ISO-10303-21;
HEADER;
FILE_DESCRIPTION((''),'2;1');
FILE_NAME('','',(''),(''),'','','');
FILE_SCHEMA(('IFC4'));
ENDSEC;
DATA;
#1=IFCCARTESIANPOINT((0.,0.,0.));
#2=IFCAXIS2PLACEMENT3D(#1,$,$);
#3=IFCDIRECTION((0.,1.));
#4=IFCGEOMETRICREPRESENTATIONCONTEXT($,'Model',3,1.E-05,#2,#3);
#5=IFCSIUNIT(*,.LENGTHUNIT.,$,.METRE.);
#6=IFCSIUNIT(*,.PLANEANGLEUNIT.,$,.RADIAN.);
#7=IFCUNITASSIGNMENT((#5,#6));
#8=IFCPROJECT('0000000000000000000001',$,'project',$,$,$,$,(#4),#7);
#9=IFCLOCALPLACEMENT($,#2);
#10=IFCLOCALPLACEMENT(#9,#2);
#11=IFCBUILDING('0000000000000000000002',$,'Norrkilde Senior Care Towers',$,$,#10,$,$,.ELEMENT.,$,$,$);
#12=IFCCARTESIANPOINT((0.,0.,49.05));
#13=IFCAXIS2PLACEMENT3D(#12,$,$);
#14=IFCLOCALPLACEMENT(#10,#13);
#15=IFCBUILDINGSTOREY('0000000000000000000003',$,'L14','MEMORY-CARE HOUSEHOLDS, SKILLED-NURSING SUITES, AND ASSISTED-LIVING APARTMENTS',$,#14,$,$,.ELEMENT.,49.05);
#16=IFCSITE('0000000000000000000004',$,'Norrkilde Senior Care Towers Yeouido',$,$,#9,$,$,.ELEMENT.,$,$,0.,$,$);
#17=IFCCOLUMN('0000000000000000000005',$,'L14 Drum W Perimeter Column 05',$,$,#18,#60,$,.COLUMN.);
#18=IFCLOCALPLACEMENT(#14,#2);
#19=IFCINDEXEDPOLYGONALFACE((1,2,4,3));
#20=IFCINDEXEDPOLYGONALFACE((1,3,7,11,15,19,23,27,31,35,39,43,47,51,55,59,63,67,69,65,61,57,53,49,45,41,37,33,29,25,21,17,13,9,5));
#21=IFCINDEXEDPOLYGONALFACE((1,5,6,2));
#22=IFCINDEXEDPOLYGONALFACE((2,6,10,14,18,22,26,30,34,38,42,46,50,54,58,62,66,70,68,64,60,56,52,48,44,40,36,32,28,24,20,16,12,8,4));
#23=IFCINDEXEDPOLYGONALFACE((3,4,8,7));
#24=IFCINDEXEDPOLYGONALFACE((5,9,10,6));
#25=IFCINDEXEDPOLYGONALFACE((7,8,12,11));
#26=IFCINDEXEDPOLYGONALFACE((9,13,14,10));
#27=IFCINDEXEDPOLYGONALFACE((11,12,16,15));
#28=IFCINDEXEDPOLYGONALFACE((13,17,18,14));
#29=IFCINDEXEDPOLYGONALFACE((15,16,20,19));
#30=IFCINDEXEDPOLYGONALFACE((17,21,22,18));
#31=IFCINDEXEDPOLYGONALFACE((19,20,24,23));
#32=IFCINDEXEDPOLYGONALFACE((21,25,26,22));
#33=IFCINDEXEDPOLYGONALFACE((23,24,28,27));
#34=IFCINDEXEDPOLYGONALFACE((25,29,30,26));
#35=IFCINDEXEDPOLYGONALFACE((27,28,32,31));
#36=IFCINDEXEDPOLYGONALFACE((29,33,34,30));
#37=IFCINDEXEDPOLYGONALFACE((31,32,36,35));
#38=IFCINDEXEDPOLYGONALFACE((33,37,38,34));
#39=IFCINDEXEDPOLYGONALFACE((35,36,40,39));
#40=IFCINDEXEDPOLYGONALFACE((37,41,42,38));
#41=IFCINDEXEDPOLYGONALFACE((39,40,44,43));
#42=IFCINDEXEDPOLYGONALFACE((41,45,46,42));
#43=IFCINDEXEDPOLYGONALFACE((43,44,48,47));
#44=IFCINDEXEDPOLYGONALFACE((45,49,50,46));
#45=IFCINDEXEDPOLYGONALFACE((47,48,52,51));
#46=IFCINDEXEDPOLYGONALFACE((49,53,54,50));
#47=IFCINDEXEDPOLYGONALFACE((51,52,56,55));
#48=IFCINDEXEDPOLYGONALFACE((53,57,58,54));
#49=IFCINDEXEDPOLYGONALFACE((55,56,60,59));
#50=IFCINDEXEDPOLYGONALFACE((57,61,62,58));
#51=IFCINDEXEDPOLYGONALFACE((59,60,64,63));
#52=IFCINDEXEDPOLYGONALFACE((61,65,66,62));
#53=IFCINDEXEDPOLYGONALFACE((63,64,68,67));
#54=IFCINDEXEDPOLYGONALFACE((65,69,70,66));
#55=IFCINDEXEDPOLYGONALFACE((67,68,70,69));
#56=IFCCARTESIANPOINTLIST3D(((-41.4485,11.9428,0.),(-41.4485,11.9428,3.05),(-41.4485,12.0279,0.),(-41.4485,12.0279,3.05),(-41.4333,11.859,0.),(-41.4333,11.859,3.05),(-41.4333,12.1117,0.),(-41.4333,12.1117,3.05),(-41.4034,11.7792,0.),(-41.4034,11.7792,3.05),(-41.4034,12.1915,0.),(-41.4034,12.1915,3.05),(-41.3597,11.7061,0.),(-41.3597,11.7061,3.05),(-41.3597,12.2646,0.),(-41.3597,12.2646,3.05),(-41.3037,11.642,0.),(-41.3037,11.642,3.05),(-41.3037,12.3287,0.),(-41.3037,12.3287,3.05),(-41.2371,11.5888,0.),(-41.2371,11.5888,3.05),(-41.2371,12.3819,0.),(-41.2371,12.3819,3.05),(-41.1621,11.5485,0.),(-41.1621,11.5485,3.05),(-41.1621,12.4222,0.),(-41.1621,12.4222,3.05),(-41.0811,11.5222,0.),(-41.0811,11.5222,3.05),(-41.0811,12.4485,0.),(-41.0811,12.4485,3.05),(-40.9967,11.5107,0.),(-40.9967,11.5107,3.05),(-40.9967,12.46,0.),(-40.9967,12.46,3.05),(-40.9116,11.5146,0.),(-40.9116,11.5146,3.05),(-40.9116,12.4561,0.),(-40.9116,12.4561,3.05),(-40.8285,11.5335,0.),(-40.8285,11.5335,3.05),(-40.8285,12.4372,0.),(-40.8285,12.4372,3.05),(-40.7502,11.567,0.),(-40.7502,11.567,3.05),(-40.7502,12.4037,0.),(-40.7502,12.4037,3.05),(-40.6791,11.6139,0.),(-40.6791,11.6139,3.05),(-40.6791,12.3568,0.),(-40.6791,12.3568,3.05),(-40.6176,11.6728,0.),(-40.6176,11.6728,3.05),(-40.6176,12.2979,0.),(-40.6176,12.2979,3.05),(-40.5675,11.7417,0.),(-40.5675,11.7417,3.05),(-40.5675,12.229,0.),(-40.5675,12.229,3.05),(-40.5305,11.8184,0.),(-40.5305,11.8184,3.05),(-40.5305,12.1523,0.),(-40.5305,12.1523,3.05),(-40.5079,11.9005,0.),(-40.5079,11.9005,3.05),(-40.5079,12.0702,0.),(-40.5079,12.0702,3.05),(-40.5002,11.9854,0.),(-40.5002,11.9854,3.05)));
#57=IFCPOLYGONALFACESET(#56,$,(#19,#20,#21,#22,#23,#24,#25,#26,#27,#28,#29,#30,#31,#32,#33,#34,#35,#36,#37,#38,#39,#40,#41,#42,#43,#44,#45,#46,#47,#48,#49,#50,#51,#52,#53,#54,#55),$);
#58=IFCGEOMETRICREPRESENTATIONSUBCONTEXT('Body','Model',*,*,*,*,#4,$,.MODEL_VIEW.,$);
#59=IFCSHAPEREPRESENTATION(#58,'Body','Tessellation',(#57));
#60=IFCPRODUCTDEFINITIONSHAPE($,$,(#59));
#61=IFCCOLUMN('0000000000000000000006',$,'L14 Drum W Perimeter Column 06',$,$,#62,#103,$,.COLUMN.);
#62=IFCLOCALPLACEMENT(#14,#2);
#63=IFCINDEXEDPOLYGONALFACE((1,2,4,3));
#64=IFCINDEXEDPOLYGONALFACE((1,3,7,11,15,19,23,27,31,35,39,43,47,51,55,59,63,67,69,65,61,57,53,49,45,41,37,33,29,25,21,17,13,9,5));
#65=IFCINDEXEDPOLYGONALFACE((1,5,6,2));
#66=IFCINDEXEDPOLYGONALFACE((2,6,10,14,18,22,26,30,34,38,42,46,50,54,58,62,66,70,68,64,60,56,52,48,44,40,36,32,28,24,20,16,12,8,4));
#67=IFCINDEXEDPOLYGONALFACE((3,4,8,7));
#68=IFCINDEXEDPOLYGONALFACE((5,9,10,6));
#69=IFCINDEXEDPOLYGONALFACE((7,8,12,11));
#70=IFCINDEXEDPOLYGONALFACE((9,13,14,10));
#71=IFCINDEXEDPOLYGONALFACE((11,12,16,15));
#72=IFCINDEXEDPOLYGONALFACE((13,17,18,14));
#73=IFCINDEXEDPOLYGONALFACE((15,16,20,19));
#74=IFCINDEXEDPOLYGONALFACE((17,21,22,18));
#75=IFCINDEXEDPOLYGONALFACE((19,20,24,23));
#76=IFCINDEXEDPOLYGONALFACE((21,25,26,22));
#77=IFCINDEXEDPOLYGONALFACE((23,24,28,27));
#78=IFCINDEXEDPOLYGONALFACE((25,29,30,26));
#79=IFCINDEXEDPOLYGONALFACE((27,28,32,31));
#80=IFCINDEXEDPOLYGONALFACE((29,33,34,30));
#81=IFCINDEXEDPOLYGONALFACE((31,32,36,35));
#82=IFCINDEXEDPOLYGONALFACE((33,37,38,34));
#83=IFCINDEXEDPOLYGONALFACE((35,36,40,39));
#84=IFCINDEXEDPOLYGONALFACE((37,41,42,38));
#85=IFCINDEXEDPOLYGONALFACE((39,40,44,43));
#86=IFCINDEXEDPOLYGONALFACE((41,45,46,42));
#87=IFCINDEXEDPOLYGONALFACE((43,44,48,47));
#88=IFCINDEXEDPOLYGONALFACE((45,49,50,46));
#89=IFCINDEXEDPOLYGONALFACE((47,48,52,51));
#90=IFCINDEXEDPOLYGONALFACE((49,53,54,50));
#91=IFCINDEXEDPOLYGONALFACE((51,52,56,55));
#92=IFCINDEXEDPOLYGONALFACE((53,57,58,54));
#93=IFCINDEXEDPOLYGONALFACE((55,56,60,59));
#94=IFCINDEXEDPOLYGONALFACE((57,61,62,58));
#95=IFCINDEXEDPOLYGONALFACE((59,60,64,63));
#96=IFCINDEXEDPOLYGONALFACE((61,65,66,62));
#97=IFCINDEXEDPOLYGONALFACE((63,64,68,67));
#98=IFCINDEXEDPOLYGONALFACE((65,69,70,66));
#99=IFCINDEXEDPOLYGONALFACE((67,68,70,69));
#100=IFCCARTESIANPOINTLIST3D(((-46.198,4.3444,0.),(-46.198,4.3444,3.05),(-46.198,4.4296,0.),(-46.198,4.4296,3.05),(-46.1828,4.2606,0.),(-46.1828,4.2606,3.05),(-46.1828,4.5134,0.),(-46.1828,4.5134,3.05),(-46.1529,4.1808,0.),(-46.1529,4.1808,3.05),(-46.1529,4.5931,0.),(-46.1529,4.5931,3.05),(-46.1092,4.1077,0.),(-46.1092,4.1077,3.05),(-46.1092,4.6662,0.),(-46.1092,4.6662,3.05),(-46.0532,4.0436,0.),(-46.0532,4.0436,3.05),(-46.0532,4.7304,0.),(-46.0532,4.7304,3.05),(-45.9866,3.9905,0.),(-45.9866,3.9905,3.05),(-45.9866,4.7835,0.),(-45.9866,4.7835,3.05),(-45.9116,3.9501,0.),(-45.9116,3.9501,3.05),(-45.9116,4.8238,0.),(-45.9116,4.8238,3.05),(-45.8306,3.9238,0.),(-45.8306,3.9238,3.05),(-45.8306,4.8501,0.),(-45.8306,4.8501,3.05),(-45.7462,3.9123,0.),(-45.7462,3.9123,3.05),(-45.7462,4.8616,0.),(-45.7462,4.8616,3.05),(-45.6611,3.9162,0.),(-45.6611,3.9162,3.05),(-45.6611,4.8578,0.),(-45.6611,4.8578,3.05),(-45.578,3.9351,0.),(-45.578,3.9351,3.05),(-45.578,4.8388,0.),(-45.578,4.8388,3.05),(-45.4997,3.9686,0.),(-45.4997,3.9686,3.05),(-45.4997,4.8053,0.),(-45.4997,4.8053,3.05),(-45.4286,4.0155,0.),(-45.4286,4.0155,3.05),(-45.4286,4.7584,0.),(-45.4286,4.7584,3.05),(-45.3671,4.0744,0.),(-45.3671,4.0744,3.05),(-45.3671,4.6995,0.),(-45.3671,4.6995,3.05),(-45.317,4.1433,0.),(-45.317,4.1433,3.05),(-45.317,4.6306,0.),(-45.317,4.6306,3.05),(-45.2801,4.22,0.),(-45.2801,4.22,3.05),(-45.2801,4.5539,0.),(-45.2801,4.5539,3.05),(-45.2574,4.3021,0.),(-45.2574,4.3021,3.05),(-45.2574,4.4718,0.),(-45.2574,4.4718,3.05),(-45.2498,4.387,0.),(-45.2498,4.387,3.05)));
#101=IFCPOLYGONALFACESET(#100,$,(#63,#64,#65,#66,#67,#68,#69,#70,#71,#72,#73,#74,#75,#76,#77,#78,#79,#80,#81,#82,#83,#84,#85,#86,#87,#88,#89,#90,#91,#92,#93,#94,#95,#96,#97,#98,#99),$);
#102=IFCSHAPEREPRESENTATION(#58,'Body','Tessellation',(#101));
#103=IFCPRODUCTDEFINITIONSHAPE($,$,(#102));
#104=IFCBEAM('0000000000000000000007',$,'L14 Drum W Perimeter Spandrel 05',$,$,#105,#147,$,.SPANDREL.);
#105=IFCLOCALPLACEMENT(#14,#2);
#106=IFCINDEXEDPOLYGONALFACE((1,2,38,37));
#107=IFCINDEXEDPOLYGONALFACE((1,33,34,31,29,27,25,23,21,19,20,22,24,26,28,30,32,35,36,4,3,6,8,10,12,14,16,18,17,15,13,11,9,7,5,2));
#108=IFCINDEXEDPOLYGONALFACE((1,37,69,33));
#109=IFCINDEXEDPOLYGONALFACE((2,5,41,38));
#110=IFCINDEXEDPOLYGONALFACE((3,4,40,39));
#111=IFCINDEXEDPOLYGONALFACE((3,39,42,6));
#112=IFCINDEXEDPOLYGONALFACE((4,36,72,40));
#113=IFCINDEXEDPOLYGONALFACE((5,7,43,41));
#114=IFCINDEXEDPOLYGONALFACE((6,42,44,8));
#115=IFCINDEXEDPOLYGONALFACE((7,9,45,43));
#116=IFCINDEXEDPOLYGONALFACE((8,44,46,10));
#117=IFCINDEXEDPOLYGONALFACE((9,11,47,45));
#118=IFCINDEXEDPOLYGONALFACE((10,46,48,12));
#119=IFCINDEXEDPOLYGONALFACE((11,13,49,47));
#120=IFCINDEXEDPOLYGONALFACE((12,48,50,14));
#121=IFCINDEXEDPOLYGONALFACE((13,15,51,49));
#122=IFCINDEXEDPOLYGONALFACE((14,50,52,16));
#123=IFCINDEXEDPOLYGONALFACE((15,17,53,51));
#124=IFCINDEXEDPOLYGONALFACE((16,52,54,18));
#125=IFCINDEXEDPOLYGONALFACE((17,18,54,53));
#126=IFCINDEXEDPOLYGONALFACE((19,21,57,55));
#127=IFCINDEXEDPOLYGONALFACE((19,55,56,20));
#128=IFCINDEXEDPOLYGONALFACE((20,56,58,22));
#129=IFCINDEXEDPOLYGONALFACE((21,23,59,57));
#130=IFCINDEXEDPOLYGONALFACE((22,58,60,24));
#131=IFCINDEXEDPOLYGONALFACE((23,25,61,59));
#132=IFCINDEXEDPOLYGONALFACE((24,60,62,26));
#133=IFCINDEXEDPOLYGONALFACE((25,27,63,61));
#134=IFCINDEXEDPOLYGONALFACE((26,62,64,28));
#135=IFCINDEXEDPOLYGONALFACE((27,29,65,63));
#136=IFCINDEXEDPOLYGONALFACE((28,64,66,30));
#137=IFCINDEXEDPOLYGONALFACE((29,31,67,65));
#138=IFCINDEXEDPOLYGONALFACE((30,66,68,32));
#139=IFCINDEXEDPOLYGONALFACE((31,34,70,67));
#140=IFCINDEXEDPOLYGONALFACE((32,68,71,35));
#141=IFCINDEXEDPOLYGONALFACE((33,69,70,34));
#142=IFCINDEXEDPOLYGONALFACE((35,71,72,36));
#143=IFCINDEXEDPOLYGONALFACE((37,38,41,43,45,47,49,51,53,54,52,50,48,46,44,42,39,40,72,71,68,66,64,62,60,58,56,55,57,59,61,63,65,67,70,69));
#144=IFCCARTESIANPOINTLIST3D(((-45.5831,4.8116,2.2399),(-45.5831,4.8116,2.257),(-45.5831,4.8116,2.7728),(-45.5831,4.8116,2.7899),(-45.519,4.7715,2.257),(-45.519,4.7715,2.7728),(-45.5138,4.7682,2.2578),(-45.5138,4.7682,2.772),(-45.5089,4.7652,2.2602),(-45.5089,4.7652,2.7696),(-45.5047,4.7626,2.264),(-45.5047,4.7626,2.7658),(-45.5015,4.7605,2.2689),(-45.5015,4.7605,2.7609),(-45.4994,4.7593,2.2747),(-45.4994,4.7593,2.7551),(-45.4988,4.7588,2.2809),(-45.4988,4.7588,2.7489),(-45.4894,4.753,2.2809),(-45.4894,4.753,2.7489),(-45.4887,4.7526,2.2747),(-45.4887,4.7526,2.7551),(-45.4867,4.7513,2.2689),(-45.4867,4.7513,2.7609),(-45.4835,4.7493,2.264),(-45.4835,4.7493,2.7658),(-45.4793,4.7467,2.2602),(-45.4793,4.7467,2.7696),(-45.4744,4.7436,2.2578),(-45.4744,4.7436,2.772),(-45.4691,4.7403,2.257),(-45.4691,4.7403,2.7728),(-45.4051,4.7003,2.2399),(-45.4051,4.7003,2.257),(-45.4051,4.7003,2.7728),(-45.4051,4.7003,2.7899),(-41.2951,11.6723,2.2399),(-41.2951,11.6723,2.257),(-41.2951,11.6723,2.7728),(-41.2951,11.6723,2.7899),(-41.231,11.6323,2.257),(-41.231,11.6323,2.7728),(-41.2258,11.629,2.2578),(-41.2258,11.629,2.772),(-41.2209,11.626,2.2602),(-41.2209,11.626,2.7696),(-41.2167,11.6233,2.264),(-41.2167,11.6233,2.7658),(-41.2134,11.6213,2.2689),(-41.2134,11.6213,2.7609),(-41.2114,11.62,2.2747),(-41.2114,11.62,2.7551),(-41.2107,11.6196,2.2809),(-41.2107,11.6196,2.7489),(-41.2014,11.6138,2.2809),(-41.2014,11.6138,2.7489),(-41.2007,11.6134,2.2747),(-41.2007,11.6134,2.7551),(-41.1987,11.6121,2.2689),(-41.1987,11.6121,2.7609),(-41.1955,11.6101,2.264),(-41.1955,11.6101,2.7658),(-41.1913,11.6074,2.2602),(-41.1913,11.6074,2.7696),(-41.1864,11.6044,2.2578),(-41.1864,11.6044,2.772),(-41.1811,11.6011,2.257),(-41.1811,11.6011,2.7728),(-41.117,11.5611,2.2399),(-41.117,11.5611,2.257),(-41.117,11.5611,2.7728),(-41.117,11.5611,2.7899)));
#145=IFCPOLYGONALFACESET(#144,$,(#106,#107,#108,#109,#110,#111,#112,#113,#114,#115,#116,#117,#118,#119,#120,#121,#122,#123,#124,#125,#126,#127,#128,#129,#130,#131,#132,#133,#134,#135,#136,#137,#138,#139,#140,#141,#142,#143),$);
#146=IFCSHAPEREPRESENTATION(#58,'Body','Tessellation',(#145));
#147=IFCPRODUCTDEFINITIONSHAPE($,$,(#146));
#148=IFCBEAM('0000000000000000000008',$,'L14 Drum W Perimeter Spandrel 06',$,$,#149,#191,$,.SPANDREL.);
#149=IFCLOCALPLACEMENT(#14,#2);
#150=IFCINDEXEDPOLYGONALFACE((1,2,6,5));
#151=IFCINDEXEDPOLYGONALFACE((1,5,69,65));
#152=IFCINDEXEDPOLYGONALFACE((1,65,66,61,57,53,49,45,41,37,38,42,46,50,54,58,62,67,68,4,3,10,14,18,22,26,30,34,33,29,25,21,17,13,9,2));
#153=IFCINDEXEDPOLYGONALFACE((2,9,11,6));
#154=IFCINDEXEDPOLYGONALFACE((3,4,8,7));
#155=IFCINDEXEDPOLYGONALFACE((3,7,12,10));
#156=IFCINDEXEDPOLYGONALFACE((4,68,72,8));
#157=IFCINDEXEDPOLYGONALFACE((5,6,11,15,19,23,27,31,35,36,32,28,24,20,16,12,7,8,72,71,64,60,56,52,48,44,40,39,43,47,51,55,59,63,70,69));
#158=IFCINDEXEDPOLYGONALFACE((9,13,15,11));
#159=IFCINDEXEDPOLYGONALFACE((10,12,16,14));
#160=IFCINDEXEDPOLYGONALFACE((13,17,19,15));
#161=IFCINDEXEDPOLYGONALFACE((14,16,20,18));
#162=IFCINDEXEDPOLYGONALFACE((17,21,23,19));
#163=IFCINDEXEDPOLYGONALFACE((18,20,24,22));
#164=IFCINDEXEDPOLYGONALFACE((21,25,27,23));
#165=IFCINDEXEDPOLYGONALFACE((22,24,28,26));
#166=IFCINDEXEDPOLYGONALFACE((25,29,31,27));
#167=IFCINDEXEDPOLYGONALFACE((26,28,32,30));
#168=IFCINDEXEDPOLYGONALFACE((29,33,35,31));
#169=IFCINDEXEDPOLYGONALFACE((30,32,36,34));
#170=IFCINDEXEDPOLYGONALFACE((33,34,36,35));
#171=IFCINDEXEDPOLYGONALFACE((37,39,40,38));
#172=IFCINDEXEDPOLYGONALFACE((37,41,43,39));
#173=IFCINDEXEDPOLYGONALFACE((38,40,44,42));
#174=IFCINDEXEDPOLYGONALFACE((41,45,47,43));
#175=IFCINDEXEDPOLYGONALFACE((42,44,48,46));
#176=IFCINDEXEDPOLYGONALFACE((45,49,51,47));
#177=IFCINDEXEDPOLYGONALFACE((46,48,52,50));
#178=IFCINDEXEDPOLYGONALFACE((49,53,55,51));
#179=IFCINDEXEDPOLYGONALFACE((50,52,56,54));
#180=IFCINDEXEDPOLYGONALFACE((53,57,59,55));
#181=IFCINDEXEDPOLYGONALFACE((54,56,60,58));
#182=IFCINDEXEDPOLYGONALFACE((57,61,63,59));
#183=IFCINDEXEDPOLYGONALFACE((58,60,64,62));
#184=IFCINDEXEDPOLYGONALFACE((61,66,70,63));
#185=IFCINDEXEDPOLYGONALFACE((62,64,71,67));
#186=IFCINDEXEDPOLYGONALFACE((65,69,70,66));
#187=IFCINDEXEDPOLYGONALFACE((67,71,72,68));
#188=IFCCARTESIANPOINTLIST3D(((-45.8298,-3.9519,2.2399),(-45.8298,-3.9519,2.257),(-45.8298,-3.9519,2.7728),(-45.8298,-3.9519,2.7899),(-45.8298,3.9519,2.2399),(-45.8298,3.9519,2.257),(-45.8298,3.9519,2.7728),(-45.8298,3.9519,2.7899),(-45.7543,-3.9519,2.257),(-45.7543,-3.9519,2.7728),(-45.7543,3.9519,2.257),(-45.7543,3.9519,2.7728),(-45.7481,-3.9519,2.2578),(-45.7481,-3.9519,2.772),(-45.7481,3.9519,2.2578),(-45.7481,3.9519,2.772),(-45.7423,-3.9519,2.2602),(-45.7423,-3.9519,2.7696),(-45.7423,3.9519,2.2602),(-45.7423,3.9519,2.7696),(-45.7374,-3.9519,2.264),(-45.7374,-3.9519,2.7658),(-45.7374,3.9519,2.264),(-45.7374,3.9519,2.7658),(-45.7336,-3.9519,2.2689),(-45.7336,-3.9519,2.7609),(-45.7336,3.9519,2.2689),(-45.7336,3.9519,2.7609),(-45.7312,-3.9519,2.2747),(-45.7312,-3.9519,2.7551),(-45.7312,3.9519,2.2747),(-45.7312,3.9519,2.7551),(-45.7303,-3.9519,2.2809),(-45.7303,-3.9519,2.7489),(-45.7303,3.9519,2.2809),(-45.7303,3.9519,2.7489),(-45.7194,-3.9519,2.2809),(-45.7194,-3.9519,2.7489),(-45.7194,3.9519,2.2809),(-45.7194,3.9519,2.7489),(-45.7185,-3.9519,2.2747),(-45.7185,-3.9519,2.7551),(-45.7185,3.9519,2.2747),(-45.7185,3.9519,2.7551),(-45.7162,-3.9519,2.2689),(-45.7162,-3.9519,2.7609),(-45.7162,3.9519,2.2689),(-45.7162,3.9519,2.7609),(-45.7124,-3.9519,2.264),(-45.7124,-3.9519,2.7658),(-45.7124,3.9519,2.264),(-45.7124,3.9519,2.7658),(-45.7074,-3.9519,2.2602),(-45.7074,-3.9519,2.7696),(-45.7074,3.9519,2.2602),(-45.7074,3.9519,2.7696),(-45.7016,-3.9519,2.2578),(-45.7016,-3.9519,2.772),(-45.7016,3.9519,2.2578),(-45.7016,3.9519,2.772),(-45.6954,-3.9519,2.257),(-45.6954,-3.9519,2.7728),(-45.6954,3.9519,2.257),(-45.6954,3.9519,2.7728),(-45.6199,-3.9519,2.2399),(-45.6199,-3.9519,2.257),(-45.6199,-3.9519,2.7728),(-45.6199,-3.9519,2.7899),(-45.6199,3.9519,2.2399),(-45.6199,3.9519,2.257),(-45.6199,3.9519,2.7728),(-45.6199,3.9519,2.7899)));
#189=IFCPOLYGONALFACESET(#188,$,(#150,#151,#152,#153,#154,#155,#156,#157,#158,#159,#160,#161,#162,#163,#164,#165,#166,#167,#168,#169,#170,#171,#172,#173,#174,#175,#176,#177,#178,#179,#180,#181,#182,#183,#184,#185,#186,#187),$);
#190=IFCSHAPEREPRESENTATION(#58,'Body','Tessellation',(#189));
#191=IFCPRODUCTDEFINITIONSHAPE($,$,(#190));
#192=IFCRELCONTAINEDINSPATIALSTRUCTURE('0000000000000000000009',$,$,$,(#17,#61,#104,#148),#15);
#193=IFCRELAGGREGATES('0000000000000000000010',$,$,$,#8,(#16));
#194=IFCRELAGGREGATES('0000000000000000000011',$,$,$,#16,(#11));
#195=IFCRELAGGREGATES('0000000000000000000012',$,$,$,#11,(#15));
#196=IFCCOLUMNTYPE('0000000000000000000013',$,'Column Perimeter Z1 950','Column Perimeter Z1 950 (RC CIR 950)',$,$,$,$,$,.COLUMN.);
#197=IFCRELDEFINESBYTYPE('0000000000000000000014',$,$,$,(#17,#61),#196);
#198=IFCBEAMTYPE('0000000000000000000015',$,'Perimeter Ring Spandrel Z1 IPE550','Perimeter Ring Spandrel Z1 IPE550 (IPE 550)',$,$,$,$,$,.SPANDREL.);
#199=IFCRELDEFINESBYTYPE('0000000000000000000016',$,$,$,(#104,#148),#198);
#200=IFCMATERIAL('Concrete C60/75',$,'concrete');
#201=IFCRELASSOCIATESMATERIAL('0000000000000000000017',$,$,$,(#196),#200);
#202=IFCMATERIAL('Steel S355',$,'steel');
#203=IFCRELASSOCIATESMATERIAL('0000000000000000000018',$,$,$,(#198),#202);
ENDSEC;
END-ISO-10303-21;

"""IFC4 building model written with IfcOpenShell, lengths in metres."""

from ifc_helpers import new_model, si_unit, direction, frame, origin, origin_2d, place, context, subcontext, project, spatial, circle, i_section, extrude, source, transform, mapped, material, material_profile, profile_set, type_object, type_shapes, element, save


model = new_model("IFC4")

# Units and contexts
model_context = context("Model", 3, precision=1e-05, world=origin(), true_north=direction((0.0, 1.0)))
body_context = subcontext(model_context, "Body", "Model", "MODEL_VIEW")
ifc_project = project(units=[si_unit("LENGTHUNIT", "METRE"), si_unit("PLANEANGLEUNIT", "RADIAN")], contexts=[model_context])

# Site, building, storey
site_placement = place(None, origin())
site = spatial("IfcSite", under=ifc_project, at=site_placement, Name="Norrkilde Senior Care Towers Yeouido", CompositionType="ELEMENT", RefElevation=0.0)
building_placement = place(site_placement, origin())
building = spatial("IfcBuilding", under=site, at=building_placement, Name="Norrkilde Senior Care Towers", CompositionType="ELEMENT")
storey_placement = place(building_placement, frame((0.0, 0.0, 49.05)))
storey = spatial("IfcBuildingStorey", under=building, at=storey_placement, Name="L14", Description="MEMORY-CARE HOUSEHOLDS, SKILLED-NURSING SUITES, AND ASSISTED-LIVING APARTMENTS", CompositionType="ELEMENT", Elevation=49.05)

# Columns
ifc_material_1 = material(Name="Concrete C60/75", Category="concrete")
ifc_material_profile_1 = material_profile(ifc_material_1, circle(Radius=0.4751, at=origin_2d()), Name="RC CIR 950")
ifc_profile_set_1 = profile_set([ifc_material_profile_1], Name="Concrete C60/75")
column_type = type_object("IfcColumnType", Name="Column Perimeter Z1 950", Description="Column Perimeter Z1 950 (RC CIR 950)", PredefinedType="COLUMN", material=ifc_profile_set_1)
shared_shape_1 = source(origin(), body_context, "Body", "SweptSolid", [
    extrude(circle(Radius=0.4751, at=origin_2d()), origin(), (0.0, 0.0, 1.0), 3.05),
])
type_shapes(column_type, [shared_shape_1])
for number, where, z_axis, x_axis, name in (
    (1, (-40.9753, 11.9854, 0.0), (0.0, 0.0, 1.0), (1.0, 0.0, 0.0), "L14 Drum W Perimeter Column 05"),
    (2, (-45.7249, 4.387, 0.0), (0.0, 0.0, 1.0), (1.0, 0.0, 0.0), "L14 Drum W Perimeter Column 06"),
):
    element("IfcColumn", number, at=place(storey_placement, frame(where, z_axis=z_axis, x_axis=x_axis)), inside=storey, type_object=column_type, Name=name, PredefinedType="COLUMN", context=body_context, shape_type="MappedRepresentation", body=[
        mapped(shared_shape_1, transform((0.0, 0.0, 0.0), x_axis=(1.0, 0.0, 0.0), y_axis=(0.0, 1.0, 0.0), z_axis=(0.0, 0.0, 1.0), scale=1.0)),
    ])

# Beams
ifc_material_2 = material(Name="Steel S355", Category="steel")
ifc_material_profile_2 = material_profile(ifc_material_2, i_section(OverallWidth=0.21, OverallDepth=0.55, WebThickness=0.011, FlangeThickness=0.0171, FilletRadius=0.0239, at=origin_2d()), Name="IPE 550")
ifc_profile_set_2 = profile_set([ifc_material_profile_2], Name="Steel S355")
beam_type_1 = type_object("IfcBeamType", Name="Perimeter Ring Spandrel Z1 IPE550", Description="Perimeter Ring Spandrel Z1 IPE550 (IPE 550)", PredefinedType="SPANDREL", material=ifc_profile_set_2)
shared_shape_2 = source(origin(), body_context, "Body", "SweptSolid", [
    extrude(i_section(OverallWidth=0.21, OverallDepth=0.55, WebThickness=0.011, FlangeThickness=0.0171, FilletRadius=0.0239, at=origin_2d()), origin(), (0.0, 0.0, 1.0), 8.0906),
])
beam_1_placement = place(storey_placement, frame((-41.2061, 11.6167, 2.5149), z_axis=(-0.530004, -0.847995, 0.0), x_axis=(0.847995, -0.530004, 0.0)))
element("IfcBeam", 3, at=beam_1_placement, inside=storey, type_object=beam_type_1, Name="L14 Drum W Perimeter Spandrel 05", PredefinedType="SPANDREL", context=body_context, shape_type="MappedRepresentation", body=[
    mapped(shared_shape_2, transform((0.0, 0.0, 0.0), x_axis=(1.0, 0.0, 0.0), y_axis=(0.0, 1.0, 0.0), z_axis=(0.0, 0.0, 1.0), scale=1.0)),
])
shared_shape_3 = source(origin(), body_context, "Body", "SweptSolid", [
    extrude(i_section(OverallWidth=0.21, OverallDepth=0.55, WebThickness=0.011, FlangeThickness=0.0171, FilletRadius=0.0239, at=origin_2d()), origin(), (0.0, 0.0, 1.0), 7.9038),
])
type_shapes(beam_type_1, [shared_shape_2, shared_shape_3])
beam_2_placement = place(storey_placement, frame((-45.7249, 3.9519, 2.5149), z_axis=(0.0, -1.0, 0.0), x_axis=(1.0, 0.0, 0.0)))
element("IfcBeam", 4, at=beam_2_placement, inside=storey, type_object=beam_type_1, Name="L14 Drum W Perimeter Spandrel 06", PredefinedType="SPANDREL", context=body_context, shape_type="MappedRepresentation", body=[
    mapped(shared_shape_3, transform((0.0, 0.0, 0.0), x_axis=(1.0, 0.0, 0.0), y_axis=(0.0, 1.0, 0.0), z_axis=(0.0, 0.0, 1.0), scale=1.0)),
])

save(model, "model.ifc")
